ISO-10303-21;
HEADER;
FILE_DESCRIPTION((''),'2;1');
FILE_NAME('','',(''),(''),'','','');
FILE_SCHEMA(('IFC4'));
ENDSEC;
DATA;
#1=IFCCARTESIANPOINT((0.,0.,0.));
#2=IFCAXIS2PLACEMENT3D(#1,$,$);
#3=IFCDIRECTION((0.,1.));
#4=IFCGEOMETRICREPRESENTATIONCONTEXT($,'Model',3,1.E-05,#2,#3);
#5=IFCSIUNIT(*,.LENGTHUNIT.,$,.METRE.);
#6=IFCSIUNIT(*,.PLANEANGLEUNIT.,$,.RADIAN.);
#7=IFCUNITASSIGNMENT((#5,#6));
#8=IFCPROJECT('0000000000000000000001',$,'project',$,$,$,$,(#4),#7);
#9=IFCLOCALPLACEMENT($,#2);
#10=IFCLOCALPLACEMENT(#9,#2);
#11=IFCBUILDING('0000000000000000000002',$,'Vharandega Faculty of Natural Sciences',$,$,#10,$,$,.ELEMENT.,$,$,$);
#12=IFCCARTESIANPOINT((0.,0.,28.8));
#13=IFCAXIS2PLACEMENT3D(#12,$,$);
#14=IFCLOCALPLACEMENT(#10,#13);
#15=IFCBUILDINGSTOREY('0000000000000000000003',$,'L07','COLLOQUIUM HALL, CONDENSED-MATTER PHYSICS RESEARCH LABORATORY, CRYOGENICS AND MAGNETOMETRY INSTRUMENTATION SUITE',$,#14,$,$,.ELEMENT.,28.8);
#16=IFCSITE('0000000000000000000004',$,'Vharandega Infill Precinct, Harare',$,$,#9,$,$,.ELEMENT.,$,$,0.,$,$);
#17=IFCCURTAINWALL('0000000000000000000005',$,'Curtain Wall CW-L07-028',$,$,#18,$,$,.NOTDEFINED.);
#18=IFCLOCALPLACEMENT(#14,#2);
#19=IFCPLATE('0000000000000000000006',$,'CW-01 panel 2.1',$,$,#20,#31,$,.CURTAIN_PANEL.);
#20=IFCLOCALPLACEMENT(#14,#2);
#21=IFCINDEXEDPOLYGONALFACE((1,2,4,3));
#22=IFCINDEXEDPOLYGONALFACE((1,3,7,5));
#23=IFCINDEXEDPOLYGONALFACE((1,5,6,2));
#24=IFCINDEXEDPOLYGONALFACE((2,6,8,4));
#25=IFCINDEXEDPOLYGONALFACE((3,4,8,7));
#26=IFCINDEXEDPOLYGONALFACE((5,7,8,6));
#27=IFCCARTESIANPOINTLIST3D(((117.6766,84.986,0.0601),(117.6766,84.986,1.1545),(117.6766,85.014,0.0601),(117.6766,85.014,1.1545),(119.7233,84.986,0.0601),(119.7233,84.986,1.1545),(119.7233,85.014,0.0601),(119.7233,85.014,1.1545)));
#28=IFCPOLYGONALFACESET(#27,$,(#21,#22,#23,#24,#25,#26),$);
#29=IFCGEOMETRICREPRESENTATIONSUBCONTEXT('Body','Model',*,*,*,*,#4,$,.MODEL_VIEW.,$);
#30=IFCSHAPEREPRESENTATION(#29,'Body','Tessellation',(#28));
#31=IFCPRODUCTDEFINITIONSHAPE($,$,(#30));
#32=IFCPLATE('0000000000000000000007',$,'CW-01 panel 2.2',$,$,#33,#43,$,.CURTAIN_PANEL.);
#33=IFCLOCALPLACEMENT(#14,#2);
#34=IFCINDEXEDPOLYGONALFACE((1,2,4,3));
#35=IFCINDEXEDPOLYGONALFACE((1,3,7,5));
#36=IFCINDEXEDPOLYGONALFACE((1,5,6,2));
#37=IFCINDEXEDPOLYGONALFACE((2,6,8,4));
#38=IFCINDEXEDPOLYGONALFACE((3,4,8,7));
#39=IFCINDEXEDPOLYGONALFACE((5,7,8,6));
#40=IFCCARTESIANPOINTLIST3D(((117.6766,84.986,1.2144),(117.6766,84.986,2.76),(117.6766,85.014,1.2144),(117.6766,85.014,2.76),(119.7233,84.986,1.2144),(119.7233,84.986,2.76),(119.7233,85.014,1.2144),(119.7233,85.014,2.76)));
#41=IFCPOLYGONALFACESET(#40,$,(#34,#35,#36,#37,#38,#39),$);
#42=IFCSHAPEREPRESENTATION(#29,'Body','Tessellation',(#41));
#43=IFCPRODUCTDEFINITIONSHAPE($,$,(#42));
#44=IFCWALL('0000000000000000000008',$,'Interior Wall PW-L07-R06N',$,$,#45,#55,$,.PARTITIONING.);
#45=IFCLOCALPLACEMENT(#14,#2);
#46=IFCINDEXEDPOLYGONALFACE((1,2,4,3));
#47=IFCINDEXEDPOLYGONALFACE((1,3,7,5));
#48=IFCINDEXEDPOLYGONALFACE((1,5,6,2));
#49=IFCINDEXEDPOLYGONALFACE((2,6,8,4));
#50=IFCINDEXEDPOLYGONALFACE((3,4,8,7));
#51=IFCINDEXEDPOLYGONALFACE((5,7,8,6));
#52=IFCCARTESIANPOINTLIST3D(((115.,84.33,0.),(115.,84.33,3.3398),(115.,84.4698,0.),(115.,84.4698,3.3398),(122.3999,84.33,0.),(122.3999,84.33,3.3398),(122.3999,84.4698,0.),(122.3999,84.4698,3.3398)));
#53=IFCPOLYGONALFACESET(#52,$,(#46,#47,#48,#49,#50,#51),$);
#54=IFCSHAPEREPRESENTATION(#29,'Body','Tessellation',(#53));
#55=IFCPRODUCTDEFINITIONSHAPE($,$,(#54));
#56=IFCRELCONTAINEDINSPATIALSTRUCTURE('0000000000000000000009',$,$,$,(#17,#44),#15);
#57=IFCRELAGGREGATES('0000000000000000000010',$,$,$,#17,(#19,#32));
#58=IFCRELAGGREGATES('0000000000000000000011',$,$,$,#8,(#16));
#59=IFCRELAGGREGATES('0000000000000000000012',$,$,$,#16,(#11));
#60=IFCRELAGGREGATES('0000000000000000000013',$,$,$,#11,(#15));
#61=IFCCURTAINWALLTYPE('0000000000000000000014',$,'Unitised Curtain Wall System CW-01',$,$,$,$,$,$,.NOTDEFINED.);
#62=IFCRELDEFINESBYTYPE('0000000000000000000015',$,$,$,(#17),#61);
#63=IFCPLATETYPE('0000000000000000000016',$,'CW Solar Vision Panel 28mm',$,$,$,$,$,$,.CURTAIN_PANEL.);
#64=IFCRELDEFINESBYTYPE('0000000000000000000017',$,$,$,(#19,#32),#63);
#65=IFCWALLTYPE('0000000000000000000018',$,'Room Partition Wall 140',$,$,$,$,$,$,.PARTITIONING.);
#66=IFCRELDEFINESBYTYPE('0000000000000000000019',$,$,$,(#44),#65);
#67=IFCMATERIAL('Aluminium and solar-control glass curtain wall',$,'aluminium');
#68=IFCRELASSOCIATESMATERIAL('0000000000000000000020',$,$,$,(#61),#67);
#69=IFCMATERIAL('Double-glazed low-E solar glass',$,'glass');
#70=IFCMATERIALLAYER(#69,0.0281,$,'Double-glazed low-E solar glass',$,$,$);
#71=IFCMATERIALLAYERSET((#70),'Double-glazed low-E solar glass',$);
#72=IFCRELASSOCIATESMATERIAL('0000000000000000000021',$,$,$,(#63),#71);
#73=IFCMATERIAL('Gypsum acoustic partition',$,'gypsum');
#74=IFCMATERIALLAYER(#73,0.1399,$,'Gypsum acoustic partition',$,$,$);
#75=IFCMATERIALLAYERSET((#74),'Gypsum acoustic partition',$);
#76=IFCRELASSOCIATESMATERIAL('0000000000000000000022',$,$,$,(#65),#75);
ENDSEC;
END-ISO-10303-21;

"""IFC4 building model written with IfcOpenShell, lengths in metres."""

from ifc_helpers import new_model, si_unit, direction, frame, frame_2d, origin, origin_2d, place, context, subcontext, project, spatial, rectangle, extrude, material, layer, layer_set, type_object, element, aggregate, save


model = new_model("IFC4")

# Units and contexts
model_context = context("Model", 3, precision=1e-05, world=origin(), true_north=direction((0.0, 1.0)))
body_context = subcontext(model_context, "Body", "Model", "MODEL_VIEW")
ifc_project = project(units=[si_unit("LENGTHUNIT", "METRE"), si_unit("PLANEANGLEUNIT", "RADIAN")], contexts=[model_context])

# Site, building, storey
site_placement = place(None, origin())
site = spatial("IfcSite", under=ifc_project, at=site_placement, Name="Vharandega Infill Precinct, Harare", CompositionType="ELEMENT", RefElevation=0.0)
building_placement = place(site_placement, origin())
building = spatial("IfcBuilding", under=site, at=building_placement, Name="Vharandega Faculty of Natural Sciences", CompositionType="ELEMENT")
storey_placement = place(building_placement, frame((0.0, 0.0, 28.8)))
storey = spatial("IfcBuildingStorey", under=building, at=storey_placement, Name="L07", Description="COLLOQUIUM HALL, CONDENSED-MATTER PHYSICS RESEARCH LABORATORY, CRYOGENICS AND MAGNETOMETRY INSTRUMENTATION SUITE", CompositionType="ELEMENT", Elevation=28.8)

# Curtain wall, plates
ifc_material_1 = material(Name="Aluminium and solar-control glass curtain wall", Category="aluminium")
curtain_wall_type = type_object("IfcCurtainWallType", Name="Unitised Curtain Wall System CW-01", PredefinedType="NOTDEFINED", material=ifc_material_1)
curtain_wall_placement = place(storey_placement, origin())
curtain_wall = element("IfcCurtainWall", 1, at=curtain_wall_placement, inside=storey, type_object=curtain_wall_type, Name="Curtain Wall CW-L07-028", PredefinedType="NOTDEFINED")
ifc_material_2 = material(Name="Double-glazed low-E solar glass", Category="glass")
ifc_layer_1 = layer(ifc_material_2, 0.0281, Name="Double-glazed low-E solar glass")
ifc_layer_set_1 = layer_set([ifc_layer_1], Name="Double-glazed low-E solar glass")
plate_type = type_object("IfcPlateType", Name="CW Solar Vision Panel 28mm", PredefinedType="CURTAIN_PANEL", material=ifc_layer_set_1)
plate_1_placement = place(storey_placement, frame((118.7, 85.0, 0.0601), z_axis=(0.0, 0.0, 1.0), x_axis=(1.0, 0.0, 0.0)))
plate_1 = element("IfcPlate", 2, at=plate_1_placement, type_object=plate_type, Name="CW-01 panel 2.1", PredefinedType="CURTAIN_PANEL", context=body_context, shape_type="SweptSolid", body=[
    extrude(rectangle(XDim=2.0466, YDim=0.0281, at=origin_2d()), origin(), (0.0, 0.0, 1.0), 1.0945),
])
plate_2_placement = place(storey_placement, frame((118.7, 85.0, 1.2144), z_axis=(0.0, 0.0, 1.0), x_axis=(1.0, 0.0, 0.0)))
plate_2 = element("IfcPlate", 3, at=plate_2_placement, type_object=plate_type, Name="CW-01 panel 2.2", PredefinedType="CURTAIN_PANEL", context=body_context, shape_type="SweptSolid", body=[
    extrude(rectangle(XDim=2.0466, YDim=0.0281, at=origin_2d()), origin(), (0.0, 0.0, 1.0), 1.5457),
])
aggregate(curtain_wall, [plate_1, plate_2])

# Wall
ifc_material_3 = material(Name="Gypsum acoustic partition", Category="gypsum")
ifc_layer_2 = layer(ifc_material_3, 0.1399, Name="Gypsum acoustic partition")
ifc_layer_set_2 = layer_set([ifc_layer_2], Name="Gypsum acoustic partition")
wall_type = type_object("IfcWallType", Name="Room Partition Wall 140", PredefinedType="PARTITIONING", material=ifc_layer_set_2)
wall_placement = place(storey_placement, frame((115.0, 84.3999, 0.0), z_axis=(0.0, 0.0, 1.0), x_axis=(1.0, 0.0, 0.0)))
element("IfcWall", 4, at=wall_placement, inside=storey, type_object=wall_type, Name="Interior Wall PW-L07-R06N", PredefinedType="PARTITIONING", context=body_context, shape_type="SweptSolid", body=[
    extrude(rectangle(XDim=7.3999, YDim=0.1399, at=frame_2d((3.7, 0.0))), origin(), (0.0, 0.0, 1.0), 3.3398),
])

save(model, "model.ifc")
